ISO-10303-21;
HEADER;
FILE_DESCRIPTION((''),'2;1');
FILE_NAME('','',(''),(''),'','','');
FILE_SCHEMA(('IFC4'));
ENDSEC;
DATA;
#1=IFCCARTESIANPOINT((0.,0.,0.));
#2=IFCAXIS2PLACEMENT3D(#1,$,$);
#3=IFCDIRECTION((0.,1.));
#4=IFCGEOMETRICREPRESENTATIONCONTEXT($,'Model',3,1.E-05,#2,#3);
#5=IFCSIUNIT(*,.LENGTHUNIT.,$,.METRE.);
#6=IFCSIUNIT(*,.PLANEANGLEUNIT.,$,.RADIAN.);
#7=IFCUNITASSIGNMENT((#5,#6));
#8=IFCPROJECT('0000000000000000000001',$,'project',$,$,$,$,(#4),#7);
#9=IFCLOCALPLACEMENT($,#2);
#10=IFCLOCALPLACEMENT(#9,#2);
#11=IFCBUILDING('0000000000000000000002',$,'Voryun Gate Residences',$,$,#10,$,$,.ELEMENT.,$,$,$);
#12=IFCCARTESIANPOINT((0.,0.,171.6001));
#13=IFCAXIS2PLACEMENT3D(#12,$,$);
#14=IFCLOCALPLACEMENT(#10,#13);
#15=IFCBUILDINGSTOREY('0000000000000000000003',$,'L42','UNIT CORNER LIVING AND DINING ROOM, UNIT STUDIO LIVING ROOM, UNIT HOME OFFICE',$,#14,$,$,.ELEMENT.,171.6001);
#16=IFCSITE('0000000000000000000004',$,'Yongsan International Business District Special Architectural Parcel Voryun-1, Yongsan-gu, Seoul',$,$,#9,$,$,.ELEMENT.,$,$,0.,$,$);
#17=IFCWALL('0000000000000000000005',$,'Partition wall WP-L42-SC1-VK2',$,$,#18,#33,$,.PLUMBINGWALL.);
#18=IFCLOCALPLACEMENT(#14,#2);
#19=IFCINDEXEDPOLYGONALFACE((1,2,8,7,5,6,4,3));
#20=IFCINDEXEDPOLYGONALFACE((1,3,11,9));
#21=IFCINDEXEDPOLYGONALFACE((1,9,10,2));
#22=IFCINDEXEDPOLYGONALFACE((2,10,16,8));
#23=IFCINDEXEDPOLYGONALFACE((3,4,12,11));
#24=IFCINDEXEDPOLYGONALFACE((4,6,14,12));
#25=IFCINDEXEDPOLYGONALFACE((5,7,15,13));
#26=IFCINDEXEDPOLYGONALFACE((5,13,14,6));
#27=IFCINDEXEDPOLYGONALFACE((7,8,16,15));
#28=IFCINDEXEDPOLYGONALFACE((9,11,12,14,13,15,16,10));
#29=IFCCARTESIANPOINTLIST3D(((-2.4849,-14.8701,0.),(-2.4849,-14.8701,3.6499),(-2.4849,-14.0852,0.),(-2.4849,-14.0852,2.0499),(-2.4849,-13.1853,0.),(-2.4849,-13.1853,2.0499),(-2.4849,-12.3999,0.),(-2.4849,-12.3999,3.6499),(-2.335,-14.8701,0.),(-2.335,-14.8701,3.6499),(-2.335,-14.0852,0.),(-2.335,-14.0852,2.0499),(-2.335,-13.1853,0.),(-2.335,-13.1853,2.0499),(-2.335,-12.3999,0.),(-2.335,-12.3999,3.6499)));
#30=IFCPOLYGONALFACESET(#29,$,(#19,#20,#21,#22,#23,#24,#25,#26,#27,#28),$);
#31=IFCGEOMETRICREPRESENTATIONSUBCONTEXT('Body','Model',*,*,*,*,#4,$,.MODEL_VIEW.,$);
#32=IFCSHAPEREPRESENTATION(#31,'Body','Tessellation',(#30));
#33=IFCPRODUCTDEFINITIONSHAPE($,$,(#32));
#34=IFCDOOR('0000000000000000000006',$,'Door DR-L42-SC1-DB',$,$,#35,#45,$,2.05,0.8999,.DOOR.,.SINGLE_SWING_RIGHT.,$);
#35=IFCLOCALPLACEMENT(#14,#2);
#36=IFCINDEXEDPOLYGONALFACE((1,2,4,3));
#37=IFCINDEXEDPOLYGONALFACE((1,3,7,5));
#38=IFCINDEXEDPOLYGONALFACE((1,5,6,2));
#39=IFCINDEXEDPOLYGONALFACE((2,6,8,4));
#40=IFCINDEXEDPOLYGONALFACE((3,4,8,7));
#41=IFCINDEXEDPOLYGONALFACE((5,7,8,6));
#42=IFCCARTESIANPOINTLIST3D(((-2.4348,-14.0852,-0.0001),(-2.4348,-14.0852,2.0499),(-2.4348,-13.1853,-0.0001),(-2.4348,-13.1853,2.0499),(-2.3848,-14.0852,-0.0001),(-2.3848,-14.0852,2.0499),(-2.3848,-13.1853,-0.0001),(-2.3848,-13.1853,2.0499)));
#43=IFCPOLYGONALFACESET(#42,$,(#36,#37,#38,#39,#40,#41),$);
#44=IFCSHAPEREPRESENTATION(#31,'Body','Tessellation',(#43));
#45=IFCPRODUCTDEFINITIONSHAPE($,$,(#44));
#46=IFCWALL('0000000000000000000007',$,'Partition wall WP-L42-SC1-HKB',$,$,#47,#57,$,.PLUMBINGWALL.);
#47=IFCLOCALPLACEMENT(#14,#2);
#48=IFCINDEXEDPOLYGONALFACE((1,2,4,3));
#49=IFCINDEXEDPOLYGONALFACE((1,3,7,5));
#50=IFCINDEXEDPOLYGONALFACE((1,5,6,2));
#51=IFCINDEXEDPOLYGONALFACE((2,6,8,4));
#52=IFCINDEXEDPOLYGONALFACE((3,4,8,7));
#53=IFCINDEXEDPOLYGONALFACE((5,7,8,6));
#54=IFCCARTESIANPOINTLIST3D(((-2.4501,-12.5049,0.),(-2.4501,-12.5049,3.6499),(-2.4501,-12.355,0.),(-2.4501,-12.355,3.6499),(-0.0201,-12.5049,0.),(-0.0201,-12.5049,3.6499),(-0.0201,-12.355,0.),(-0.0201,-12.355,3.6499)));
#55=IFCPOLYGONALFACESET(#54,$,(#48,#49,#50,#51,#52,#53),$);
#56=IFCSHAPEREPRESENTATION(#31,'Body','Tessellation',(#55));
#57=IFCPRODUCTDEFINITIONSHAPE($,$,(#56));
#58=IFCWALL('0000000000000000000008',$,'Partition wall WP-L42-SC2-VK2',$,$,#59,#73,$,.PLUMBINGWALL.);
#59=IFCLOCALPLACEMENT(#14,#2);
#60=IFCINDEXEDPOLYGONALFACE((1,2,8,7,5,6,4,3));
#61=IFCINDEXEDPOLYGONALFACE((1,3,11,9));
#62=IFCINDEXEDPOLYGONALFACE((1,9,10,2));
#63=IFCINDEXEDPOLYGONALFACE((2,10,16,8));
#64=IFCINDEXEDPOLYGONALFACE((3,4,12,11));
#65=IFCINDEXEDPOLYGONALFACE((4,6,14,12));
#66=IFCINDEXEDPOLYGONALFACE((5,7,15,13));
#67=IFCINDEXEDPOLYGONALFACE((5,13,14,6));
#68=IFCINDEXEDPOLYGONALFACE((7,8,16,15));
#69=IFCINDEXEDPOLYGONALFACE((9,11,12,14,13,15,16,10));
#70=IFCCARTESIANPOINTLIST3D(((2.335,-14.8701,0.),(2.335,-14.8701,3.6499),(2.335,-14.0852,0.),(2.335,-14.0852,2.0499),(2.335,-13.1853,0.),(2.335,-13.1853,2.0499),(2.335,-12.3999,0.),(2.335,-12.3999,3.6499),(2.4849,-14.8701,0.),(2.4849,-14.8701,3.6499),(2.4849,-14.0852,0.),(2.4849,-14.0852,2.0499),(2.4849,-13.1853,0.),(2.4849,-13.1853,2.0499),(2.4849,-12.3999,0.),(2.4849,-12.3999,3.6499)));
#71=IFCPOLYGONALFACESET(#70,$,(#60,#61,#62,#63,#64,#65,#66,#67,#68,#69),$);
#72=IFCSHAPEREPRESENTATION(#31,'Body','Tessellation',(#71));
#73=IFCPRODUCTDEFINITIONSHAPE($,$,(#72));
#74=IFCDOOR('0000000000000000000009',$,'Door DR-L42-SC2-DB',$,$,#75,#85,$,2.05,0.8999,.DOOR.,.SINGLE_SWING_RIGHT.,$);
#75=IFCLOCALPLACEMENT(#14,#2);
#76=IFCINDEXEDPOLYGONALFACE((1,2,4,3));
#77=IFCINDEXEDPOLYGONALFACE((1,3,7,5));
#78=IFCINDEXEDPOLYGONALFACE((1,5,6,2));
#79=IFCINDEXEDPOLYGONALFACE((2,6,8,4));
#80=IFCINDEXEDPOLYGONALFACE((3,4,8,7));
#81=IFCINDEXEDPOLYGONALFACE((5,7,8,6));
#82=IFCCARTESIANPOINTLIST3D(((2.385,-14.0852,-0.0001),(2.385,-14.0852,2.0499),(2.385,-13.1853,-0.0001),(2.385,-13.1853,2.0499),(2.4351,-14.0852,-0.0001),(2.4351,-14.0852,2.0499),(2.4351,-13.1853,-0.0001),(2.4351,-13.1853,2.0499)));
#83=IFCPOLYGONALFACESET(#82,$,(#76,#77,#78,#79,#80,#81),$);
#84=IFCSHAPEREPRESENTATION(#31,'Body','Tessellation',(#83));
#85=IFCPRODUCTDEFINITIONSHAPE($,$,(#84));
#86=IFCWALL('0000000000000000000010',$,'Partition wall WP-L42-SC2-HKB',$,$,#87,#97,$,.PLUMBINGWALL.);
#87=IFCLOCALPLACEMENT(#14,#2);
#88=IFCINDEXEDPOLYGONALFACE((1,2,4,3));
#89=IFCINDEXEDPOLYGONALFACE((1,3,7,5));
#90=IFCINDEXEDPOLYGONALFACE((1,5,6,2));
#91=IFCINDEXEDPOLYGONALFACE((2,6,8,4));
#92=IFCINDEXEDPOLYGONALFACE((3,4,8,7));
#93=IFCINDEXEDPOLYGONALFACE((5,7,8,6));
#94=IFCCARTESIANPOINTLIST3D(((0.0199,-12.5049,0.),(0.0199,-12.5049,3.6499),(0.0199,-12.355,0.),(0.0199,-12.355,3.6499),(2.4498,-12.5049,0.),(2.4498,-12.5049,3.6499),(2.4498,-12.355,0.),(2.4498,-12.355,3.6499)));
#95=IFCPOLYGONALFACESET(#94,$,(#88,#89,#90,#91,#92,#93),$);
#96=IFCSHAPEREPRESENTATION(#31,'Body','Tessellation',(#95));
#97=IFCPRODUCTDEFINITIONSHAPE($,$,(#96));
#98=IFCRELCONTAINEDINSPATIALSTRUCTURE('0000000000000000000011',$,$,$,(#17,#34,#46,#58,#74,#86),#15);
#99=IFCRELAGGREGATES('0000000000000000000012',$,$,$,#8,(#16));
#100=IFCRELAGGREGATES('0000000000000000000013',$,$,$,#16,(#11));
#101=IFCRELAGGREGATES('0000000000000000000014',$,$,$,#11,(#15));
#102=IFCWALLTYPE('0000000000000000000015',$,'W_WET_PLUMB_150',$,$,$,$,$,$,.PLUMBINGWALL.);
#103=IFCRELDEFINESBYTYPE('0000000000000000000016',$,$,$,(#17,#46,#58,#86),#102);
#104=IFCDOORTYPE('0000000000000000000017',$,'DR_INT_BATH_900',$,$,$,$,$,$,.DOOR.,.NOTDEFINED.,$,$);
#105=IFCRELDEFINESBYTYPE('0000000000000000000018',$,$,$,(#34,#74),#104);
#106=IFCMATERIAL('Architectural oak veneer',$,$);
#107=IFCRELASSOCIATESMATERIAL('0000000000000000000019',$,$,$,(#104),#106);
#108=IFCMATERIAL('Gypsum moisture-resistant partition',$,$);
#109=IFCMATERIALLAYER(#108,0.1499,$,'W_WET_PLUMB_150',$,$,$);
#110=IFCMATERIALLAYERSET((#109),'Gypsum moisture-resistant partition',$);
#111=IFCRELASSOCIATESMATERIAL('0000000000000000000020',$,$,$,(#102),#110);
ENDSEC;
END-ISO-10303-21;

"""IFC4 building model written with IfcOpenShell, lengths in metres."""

from ifc_helpers import new_model, si_unit, direction, frame, frame_2d, origin, place, context, subcontext, project, spatial, rectangle, extrude, material, layer, layer_set, type_object, element, fill, save


model = new_model("IFC4")

# Units and contexts
model_context = context("Model", 3, precision=1e-05, world=origin(), true_north=direction((0.0, 1.0)))
body_context = subcontext(model_context, "Body", "Model", "MODEL_VIEW")
ifc_project = project(units=[si_unit("LENGTHUNIT", "METRE"), si_unit("PLANEANGLEUNIT", "RADIAN")], contexts=[model_context])

# Site, building, storey
site_placement = place(None, origin())
site = spatial("IfcSite", under=ifc_project, at=site_placement, Name="Yongsan International Business District Special Architectural Parcel Voryun-1, Yongsan-gu, Seoul", CompositionType="ELEMENT", RefElevation=0.0)
building_placement = place(site_placement, origin())
building = spatial("IfcBuilding", under=site, at=building_placement, Name="Voryun Gate Residences", CompositionType="ELEMENT")
storey_placement = place(building_placement, frame((0.0, 0.0, 171.6001)))
storey = spatial("IfcBuildingStorey", under=building, at=storey_placement, Name="L42", Description="UNIT CORNER LIVING AND DINING ROOM, UNIT STUDIO LIVING ROOM, UNIT HOME OFFICE", CompositionType="ELEMENT", Elevation=171.6001)

# Shared definitions
ifc_material_1 = material(Name="Architectural oak veneer")
door_type = type_object("IfcDoorType", Name="DR_INT_BATH_900", OperationType="NOTDEFINED", PredefinedType="DOOR", material=ifc_material_1)

# Wall, opening, door
ifc_material_2 = material(Name="Gypsum moisture-resistant partition")
ifc_layer_1 = layer(ifc_material_2, 0.1499, Name="W_WET_PLUMB_150")
ifc_layer_set_1 = layer_set([ifc_layer_1], Name="Gypsum moisture-resistant partition")
wall_type_1 = type_object("IfcWallType", Name="W_WET_PLUMB_150", PredefinedType="PLUMBINGWALL", material=ifc_layer_set_1)
wall_1_placement = place(storey_placement, frame((-2.4099, -14.8701, 0.0), z_axis=(0.0, 0.0, 1.0), x_axis=(0.0, 1.0, 0.0)))
wall_1 = element("IfcWall", 1, at=wall_1_placement, inside=storey, type_object=wall_type_1, Name="Partition wall WP-L42-SC1-VK2", PredefinedType="PLUMBINGWALL", context=body_context, shape_type="SweptSolid", body=[
    extrude(rectangle(XDim=2.4702, YDim=0.1499, at=frame_2d((1.2351, 0.0))), origin(), (0.0, 0.0, 1.0), 3.6499),
])
opening_1_placement = place(wall_1_placement, frame((0.7849, 0.0, 0.0)))
opening_1 = element("IfcOpeningElement", 2, at=opening_1_placement, cuts=wall_1, PredefinedType="OPENING", context=body_context, shape_type="SweptSolid", body=[
    extrude(rectangle(XDim=0.8999, YDim=2.05, at=frame_2d((0.45, 1.0249))), frame((0.0, 0.085, 0.0), z_axis=(0.0, -1.0, 0.0), x_axis=(1.0, 0.0, 0.0)), (0.0, 0.0, 1.0), 0.1699),
])
door_1_placement = place(opening_1_placement, origin())
door_1 = element("IfcDoor", 3, at=door_1_placement, inside=storey, type_object=door_type, Name="Door DR-L42-SC1-DB", OperationType="SINGLE_SWING_RIGHT", OverallHeight=2.05, OverallWidth=0.8999, PredefinedType="DOOR", context=body_context, shape_type="SweptSolid", body=[
    extrude(rectangle(XDim=0.8999, YDim=2.05, at=frame_2d((0.45, 1.0249))), frame((0.0, 0.0249, 0.0), z_axis=(0.0, -1.0, 0.0), x_axis=(1.0, 0.0, 0.0)), (0.0, 0.0, 1.0), 0.05),
])
fill(opening_1, door_1)

# Wall
wall_2_placement = place(storey_placement, frame((-2.45, -12.4299, 0.0), z_axis=(0.0, 0.0, 1.0), x_axis=(1.0, 0.0, 0.0)))
element("IfcWall", 4, at=wall_2_placement, inside=storey, type_object=wall_type_1, Name="Partition wall WP-L42-SC1-HKB", PredefinedType="PLUMBINGWALL", context=body_context, shape_type="SweptSolid", body=[
    extrude(rectangle(XDim=2.4299, YDim=0.1499, at=frame_2d((1.2148, 0.0))), origin(), (0.0, 0.0, 1.0), 3.6499),
])

# Wall, opening, door
wall_3_placement = place(storey_placement, frame((2.4099, -14.8701, 0.0), z_axis=(0.0, 0.0, 1.0), x_axis=(0.0, 1.0, 0.0)))
wall_3 = element("IfcWall", 5, at=wall_3_placement, inside=storey, type_object=wall_type_1, Name="Partition wall WP-L42-SC2-VK2", PredefinedType="PLUMBINGWALL", context=body_context, shape_type="SweptSolid", body=[
    extrude(rectangle(XDim=2.4702, YDim=0.1499, at=frame_2d((1.2351, 0.0))), origin(), (0.0, 0.0, 1.0), 3.6499),
])
opening_2_placement = place(wall_3_placement, frame((0.7849, 0.0, 0.0)))
opening_2 = element("IfcOpeningElement", 6, at=opening_2_placement, cuts=wall_3, PredefinedType="OPENING", context=body_context, shape_type="SweptSolid", body=[
    extrude(rectangle(XDim=0.8999, YDim=2.05, at=frame_2d((0.45, 1.0249))), frame((0.0, 0.085, 0.0), z_axis=(0.0, -1.0, 0.0), x_axis=(1.0, 0.0, 0.0)), (0.0, 0.0, 1.0), 0.1699),
])
door_2_placement = place(opening_2_placement, origin())
door_2 = element("IfcDoor", 7, at=door_2_placement, inside=storey, type_object=door_type, Name="Door DR-L42-SC2-DB", OperationType="SINGLE_SWING_RIGHT", OverallHeight=2.05, OverallWidth=0.8999, PredefinedType="DOOR", context=body_context, shape_type="SweptSolid", body=[
    extrude(rectangle(XDim=0.8999, YDim=2.05, at=frame_2d((0.45, 1.0249))), frame((0.0, 0.0249, 0.0), z_axis=(0.0, -1.0, 0.0), x_axis=(1.0, 0.0, 0.0)), (0.0, 0.0, 1.0), 0.05),
])
fill(opening_2, door_2)

# Wall
wall_4_placement = place(storey_placement, frame((0.02, -12.4299, 0.0), z_axis=(0.0, 0.0, 1.0), x_axis=(1.0, 0.0, 0.0)))
element("IfcWall", 8, at=wall_4_placement, inside=storey, type_object=wall_type_1, Name="Partition wall WP-L42-SC2-HKB", PredefinedType="PLUMBINGWALL", context=body_context, shape_type="SweptSolid", body=[
    extrude(rectangle(XDim=2.4299, YDim=0.1499, at=frame_2d((1.2148, 0.0))), origin(), (0.0, 0.0, 1.0), 3.6499),
])

save(model, "model.ifc")
